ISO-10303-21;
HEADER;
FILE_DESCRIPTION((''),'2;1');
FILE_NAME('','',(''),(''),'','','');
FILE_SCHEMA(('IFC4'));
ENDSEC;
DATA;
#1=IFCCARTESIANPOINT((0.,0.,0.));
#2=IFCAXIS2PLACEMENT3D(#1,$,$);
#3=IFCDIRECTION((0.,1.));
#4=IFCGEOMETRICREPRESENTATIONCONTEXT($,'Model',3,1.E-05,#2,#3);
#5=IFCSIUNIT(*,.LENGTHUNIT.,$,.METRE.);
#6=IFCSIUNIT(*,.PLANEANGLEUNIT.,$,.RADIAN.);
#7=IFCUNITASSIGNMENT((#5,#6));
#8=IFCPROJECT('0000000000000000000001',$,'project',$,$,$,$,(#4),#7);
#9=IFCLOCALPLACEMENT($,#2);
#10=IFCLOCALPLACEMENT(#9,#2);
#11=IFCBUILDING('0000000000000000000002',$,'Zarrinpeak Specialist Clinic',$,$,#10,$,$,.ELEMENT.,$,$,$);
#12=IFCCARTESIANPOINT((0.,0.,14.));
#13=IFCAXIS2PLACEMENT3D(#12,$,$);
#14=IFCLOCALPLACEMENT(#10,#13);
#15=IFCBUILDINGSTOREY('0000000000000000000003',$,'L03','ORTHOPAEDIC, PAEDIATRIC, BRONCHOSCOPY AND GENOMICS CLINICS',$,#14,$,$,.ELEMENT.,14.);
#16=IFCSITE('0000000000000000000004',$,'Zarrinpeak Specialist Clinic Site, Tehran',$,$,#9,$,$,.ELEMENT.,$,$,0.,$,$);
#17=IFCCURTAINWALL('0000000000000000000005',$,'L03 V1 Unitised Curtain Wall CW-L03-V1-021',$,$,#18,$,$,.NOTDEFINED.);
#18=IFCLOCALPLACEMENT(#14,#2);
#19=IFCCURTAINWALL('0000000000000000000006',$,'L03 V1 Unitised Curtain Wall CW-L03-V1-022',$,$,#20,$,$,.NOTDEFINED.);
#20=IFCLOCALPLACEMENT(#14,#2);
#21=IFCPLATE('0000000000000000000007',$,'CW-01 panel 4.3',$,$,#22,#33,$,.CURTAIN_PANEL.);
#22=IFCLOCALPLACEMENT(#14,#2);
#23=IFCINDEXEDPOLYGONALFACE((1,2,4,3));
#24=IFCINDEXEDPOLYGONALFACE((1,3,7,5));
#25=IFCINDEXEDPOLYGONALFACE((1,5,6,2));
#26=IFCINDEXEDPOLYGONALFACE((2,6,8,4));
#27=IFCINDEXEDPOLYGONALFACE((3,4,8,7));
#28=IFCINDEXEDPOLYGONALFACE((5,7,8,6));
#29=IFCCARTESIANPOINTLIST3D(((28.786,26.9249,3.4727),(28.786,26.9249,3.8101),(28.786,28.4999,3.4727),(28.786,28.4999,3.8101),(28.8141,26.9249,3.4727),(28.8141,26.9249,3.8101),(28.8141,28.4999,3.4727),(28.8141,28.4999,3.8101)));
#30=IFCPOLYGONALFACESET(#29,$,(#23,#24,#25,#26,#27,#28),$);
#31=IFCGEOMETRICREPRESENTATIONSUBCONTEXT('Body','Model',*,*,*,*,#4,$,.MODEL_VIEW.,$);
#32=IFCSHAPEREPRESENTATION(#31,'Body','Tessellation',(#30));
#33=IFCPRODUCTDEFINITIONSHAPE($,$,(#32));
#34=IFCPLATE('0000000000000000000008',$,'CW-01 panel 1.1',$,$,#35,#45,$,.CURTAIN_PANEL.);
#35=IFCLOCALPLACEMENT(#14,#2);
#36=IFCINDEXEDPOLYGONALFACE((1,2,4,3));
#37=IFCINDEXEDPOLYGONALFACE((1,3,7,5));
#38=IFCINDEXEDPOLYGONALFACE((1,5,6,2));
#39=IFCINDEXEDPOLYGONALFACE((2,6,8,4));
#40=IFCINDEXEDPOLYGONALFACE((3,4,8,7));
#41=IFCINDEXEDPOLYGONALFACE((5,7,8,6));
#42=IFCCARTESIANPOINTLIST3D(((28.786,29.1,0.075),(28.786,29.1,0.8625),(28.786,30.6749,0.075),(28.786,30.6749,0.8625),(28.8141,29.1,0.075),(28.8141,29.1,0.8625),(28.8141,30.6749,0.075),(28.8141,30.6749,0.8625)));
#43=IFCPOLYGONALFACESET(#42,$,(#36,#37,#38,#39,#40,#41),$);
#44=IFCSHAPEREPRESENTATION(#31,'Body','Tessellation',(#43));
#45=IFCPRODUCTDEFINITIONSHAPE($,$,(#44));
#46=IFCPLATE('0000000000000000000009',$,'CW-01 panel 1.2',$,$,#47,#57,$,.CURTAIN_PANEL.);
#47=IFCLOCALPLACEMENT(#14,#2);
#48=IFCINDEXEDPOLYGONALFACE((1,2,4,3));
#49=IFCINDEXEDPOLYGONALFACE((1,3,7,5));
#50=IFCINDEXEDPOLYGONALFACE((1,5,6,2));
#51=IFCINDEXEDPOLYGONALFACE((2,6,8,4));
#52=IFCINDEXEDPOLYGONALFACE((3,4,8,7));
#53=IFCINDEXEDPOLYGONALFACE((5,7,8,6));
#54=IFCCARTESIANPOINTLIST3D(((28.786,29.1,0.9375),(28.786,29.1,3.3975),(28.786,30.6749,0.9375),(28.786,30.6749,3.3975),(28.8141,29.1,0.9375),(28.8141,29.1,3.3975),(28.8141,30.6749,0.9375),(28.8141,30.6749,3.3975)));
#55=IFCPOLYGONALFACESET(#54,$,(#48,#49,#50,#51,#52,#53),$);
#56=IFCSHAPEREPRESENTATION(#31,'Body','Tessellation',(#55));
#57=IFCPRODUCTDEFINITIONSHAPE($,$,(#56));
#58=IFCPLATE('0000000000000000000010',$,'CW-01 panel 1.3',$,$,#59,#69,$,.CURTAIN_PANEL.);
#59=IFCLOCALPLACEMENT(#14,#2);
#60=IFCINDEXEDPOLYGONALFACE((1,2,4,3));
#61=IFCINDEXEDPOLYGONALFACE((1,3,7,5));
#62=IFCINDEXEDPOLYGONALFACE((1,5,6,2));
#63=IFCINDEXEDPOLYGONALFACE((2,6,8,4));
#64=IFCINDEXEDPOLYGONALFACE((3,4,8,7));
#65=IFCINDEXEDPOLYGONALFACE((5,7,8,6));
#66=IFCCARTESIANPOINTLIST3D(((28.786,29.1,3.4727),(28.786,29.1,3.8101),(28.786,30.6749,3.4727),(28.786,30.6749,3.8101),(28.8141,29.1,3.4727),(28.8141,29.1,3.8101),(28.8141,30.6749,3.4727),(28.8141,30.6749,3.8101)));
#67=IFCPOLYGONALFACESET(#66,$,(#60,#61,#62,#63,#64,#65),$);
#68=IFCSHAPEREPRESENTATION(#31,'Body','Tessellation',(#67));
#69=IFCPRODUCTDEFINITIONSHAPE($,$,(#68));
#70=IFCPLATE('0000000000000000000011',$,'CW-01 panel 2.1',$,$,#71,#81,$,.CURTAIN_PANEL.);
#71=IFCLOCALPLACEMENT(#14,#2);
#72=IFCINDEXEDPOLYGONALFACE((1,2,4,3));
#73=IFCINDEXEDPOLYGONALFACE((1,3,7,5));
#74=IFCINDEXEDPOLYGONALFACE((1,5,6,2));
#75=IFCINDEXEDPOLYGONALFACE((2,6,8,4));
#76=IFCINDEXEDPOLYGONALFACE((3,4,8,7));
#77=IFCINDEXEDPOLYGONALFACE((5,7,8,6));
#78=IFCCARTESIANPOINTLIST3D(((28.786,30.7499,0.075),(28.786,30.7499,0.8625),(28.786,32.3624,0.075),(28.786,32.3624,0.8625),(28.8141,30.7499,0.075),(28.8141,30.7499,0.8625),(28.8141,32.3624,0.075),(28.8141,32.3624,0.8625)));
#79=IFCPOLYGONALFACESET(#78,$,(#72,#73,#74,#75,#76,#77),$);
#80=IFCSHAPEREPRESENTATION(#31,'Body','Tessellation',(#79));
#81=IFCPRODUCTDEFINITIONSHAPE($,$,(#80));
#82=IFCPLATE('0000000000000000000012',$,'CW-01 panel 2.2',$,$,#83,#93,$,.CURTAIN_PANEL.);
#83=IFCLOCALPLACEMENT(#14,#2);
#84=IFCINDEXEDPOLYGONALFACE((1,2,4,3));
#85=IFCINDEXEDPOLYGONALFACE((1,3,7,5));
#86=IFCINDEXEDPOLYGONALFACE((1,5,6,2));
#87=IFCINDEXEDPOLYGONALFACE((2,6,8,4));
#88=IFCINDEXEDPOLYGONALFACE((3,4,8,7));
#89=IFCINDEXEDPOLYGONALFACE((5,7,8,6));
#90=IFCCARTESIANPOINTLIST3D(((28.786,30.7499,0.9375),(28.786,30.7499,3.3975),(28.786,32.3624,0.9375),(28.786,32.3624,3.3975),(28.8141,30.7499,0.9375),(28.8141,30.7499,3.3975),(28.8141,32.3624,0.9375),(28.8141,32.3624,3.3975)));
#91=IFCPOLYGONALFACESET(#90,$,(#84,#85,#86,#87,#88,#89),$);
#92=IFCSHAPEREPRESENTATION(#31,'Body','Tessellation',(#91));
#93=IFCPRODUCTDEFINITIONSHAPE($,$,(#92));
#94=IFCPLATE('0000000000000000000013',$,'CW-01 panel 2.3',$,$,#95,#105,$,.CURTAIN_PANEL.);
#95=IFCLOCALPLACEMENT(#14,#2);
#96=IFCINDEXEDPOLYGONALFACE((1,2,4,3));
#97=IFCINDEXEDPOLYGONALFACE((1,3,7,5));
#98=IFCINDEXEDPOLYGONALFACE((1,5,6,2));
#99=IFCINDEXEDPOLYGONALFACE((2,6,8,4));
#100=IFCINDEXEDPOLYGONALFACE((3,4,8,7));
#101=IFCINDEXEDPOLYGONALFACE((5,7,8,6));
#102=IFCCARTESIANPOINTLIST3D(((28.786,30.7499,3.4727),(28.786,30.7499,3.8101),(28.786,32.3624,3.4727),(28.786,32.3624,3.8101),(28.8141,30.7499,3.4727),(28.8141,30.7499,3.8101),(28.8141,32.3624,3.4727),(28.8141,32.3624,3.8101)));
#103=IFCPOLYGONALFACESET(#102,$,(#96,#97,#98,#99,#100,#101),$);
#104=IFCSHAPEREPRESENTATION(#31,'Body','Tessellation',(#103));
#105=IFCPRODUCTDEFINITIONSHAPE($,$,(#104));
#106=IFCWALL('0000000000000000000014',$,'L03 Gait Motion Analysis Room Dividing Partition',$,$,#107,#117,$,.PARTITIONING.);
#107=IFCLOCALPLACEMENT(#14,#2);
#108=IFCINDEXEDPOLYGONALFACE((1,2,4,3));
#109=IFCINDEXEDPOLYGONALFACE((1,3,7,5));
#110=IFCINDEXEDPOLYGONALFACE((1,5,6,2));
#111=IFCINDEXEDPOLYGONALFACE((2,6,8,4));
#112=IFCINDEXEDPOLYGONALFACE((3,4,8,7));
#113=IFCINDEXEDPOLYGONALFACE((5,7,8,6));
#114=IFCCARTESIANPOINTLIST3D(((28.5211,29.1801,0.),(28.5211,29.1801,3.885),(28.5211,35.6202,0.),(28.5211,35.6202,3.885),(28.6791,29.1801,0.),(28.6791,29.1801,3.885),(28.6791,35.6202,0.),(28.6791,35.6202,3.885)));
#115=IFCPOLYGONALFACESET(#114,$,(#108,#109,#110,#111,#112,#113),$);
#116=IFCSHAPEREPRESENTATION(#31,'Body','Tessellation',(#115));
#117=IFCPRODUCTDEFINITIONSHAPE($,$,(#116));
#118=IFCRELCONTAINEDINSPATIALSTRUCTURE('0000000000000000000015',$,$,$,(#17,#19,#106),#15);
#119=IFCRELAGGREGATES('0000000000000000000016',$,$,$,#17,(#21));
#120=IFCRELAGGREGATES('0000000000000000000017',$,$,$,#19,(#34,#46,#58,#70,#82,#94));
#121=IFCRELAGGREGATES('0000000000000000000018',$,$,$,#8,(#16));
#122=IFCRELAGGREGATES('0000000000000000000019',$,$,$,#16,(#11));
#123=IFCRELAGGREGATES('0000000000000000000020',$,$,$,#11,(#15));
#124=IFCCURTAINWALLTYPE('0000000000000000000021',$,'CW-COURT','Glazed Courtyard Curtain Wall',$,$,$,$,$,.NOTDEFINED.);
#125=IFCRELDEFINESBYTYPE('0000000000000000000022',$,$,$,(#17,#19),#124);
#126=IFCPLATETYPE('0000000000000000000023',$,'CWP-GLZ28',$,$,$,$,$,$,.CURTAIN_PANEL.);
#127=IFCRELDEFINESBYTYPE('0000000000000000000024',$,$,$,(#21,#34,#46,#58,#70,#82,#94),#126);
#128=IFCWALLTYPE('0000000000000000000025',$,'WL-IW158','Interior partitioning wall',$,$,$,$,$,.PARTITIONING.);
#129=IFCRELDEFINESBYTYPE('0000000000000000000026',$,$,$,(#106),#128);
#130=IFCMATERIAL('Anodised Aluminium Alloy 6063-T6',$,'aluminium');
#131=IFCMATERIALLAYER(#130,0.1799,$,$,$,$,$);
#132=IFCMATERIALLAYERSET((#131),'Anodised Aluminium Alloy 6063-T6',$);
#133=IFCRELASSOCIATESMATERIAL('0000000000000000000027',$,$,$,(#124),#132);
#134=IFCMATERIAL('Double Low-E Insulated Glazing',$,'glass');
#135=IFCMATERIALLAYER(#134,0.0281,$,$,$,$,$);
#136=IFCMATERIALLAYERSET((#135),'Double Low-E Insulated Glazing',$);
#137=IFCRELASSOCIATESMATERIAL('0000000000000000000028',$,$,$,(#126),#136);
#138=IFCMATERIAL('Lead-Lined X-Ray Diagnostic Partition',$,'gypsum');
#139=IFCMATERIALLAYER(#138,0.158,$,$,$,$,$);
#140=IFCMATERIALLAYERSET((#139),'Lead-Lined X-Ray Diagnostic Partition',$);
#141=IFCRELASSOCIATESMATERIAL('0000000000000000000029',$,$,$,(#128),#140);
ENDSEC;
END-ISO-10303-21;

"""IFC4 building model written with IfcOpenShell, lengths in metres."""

from ifc_helpers import new_model, si_unit, direction, frame, frame_2d, origin, origin_2d, place, context, subcontext, project, spatial, rectangle, extrude, material, layer, layer_set, type_object, element, aggregate, save


model = new_model("IFC4")

# Units and contexts
model_context = context("Model", 3, precision=1e-05, world=origin(), true_north=direction((0.0, 1.0)))
body_context = subcontext(model_context, "Body", "Model", "MODEL_VIEW")
ifc_project = project(units=[si_unit("LENGTHUNIT", "METRE"), si_unit("PLANEANGLEUNIT", "RADIAN")], contexts=[model_context])

# Site, building, storey
site_placement = place(None, origin())
site = spatial("IfcSite", under=ifc_project, at=site_placement, Name="Zarrinpeak Specialist Clinic Site, Tehran", CompositionType="ELEMENT", RefElevation=0.0)
building_placement = place(site_placement, origin())
building = spatial("IfcBuilding", under=site, at=building_placement, Name="Zarrinpeak Specialist Clinic", CompositionType="ELEMENT")
storey_placement = place(building_placement, frame((0.0, 0.0, 14.0)))
storey = spatial("IfcBuildingStorey", under=building, at=storey_placement, Name="L03", Description="ORTHOPAEDIC, PAEDIATRIC, BRONCHOSCOPY AND GENOMICS CLINICS", CompositionType="ELEMENT", Elevation=14.0)

# Curtain wall
ifc_material_1 = material(Name="Anodised Aluminium Alloy 6063-T6", Category="aluminium")
ifc_layer_1 = layer(ifc_material_1, 0.1799)
ifc_layer_set_1 = layer_set([ifc_layer_1], Name="Anodised Aluminium Alloy 6063-T6")
curtain_wall_type = type_object("IfcCurtainWallType", Name="CW-COURT", Description="Glazed Courtyard Curtain Wall", PredefinedType="NOTDEFINED", material=ifc_layer_set_1)
curtain_wall_1_placement = place(storey_placement, origin())
curtain_wall_1 = element("IfcCurtainWall", 1, at=curtain_wall_1_placement, inside=storey, type_object=curtain_wall_type, Name="L03 V1 Unitised Curtain Wall CW-L03-V1-021", PredefinedType="NOTDEFINED")

# Curtain wall
curtain_wall_2_placement = place(storey_placement, origin())
curtain_wall_2 = element("IfcCurtainWall", 2, at=curtain_wall_2_placement, inside=storey, type_object=curtain_wall_type, Name="L03 V1 Unitised Curtain Wall CW-L03-V1-022", PredefinedType="NOTDEFINED")

# Plates
ifc_material_2 = material(Name="Double Low-E Insulated Glazing", Category="glass")
ifc_layer_2 = layer(ifc_material_2, 0.0281)
ifc_layer_set_2 = layer_set([ifc_layer_2], Name="Double Low-E Insulated Glazing")
plate_type = type_object("IfcPlateType", Name="CWP-GLZ28", PredefinedType="CURTAIN_PANEL", material=ifc_layer_set_2)
plate_1_placement = place(storey_placement, frame((28.8, 27.7124, 3.4727), z_axis=(0.0, 0.0, 1.0), x_axis=(0.0, 1.0, 0.0)))
plate_1 = element("IfcPlate", 3, at=plate_1_placement, type_object=plate_type, Name="CW-01 panel 4.3", PredefinedType="CURTAIN_PANEL", context=body_context, shape_type="SweptSolid", body=[
    extrude(rectangle(XDim=1.575, YDim=0.0281, at=origin_2d()), origin(), (0.0, 0.0, 1.0), 0.3374),
])
aggregate(curtain_wall_1, [plate_1])
plate_2_placement = place(storey_placement, frame((28.8, 29.8875, 0.075), z_axis=(0.0, 0.0, 1.0), x_axis=(0.0, 1.0, 0.0)))
plate_2 = element("IfcPlate", 4, at=plate_2_placement, type_object=plate_type, Name="CW-01 panel 1.1", PredefinedType="CURTAIN_PANEL", context=body_context, shape_type="SweptSolid", body=[
    extrude(rectangle(XDim=1.575, YDim=0.0281, at=origin_2d()), origin(), (0.0, 0.0, 1.0), 0.7876),
])
plate_3_placement = place(storey_placement, frame((28.8, 29.8875, 0.9375), z_axis=(0.0, 0.0, 1.0), x_axis=(0.0, 1.0, 0.0)))
plate_3 = element("IfcPlate", 5, at=plate_3_placement, type_object=plate_type, Name="CW-01 panel 1.2", PredefinedType="CURTAIN_PANEL", context=body_context, shape_type="SweptSolid", body=[
    extrude(rectangle(XDim=1.575, YDim=0.0281, at=origin_2d()), origin(), (0.0, 0.0, 1.0), 2.46),
])
plate_4_placement = place(storey_placement, frame((28.8, 29.8875, 3.4727), z_axis=(0.0, 0.0, 1.0), x_axis=(0.0, 1.0, 0.0)))
plate_4 = element("IfcPlate", 6, at=plate_4_placement, type_object=plate_type, Name="CW-01 panel 1.3", PredefinedType="CURTAIN_PANEL", context=body_context, shape_type="SweptSolid", body=[
    extrude(rectangle(XDim=1.575, YDim=0.0281, at=origin_2d()), origin(), (0.0, 0.0, 1.0), 0.3374),
])
plate_5_placement = place(storey_placement, frame((28.8, 31.5562, 0.075), z_axis=(0.0, 0.0, 1.0), x_axis=(0.0, 1.0, 0.0)))
plate_5 = element("IfcPlate", 7, at=plate_5_placement, type_object=plate_type, Name="CW-01 panel 2.1", PredefinedType="CURTAIN_PANEL", context=body_context, shape_type="SweptSolid", body=[
    extrude(rectangle(XDim=1.6125, YDim=0.0281, at=origin_2d()), origin(), (0.0, 0.0, 1.0), 0.7876),
])
plate_6_placement = place(storey_placement, frame((28.8, 31.5562, 0.9375), z_axis=(0.0, 0.0, 1.0), x_axis=(0.0, 1.0, 0.0)))
plate_6 = element("IfcPlate", 8, at=plate_6_placement, type_object=plate_type, Name="CW-01 panel 2.2", PredefinedType="CURTAIN_PANEL", context=body_context, shape_type="SweptSolid", body=[
    extrude(rectangle(XDim=1.6125, YDim=0.0281, at=origin_2d()), origin(), (0.0, 0.0, 1.0), 2.46),
])
plate_7_placement = place(storey_placement, frame((28.8, 31.5562, 3.4727), z_axis=(0.0, 0.0, 1.0), x_axis=(0.0, 1.0, 0.0)))
plate_7 = element("IfcPlate", 9, at=plate_7_placement, type_object=plate_type, Name="CW-01 panel 2.3", PredefinedType="CURTAIN_PANEL", context=body_context, shape_type="SweptSolid", body=[
    extrude(rectangle(XDim=1.6125, YDim=0.0281, at=origin_2d()), origin(), (0.0, 0.0, 1.0), 0.3374),
])
aggregate(curtain_wall_2, [plate_2, plate_3, plate_4, plate_5, plate_6, plate_7])

# Wall
ifc_material_3 = material(Name="Lead-Lined X-Ray Diagnostic Partition", Category="gypsum")
ifc_layer_3 = layer(ifc_material_3, 0.158)
ifc_layer_set_3 = layer_set([ifc_layer_3], Name="Lead-Lined X-Ray Diagnostic Partition")
wall_type = type_object("IfcWallType", Name="WL-IW158", Description="Interior partitioning wall", PredefinedType="PARTITIONING", material=ifc_layer_set_3)
wall_placement = place(storey_placement, frame((28.6001, 29.1799, 0.0), z_axis=(0.0, 0.0, 1.0), x_axis=(0.0, 1.0, 0.0)))
element("IfcWall", 10, at=wall_placement, inside=storey, type_object=wall_type, Name="L03 Gait Motion Analysis Room Dividing Partition", PredefinedType="PARTITIONING", context=body_context, shape_type="SweptSolid", body=[
    extrude(rectangle(XDim=6.4402, YDim=0.158, at=frame_2d((3.2202, 0.0))), origin(), (0.0, 0.0, 1.0), 3.885),
])

save(model, "model.ifc")
